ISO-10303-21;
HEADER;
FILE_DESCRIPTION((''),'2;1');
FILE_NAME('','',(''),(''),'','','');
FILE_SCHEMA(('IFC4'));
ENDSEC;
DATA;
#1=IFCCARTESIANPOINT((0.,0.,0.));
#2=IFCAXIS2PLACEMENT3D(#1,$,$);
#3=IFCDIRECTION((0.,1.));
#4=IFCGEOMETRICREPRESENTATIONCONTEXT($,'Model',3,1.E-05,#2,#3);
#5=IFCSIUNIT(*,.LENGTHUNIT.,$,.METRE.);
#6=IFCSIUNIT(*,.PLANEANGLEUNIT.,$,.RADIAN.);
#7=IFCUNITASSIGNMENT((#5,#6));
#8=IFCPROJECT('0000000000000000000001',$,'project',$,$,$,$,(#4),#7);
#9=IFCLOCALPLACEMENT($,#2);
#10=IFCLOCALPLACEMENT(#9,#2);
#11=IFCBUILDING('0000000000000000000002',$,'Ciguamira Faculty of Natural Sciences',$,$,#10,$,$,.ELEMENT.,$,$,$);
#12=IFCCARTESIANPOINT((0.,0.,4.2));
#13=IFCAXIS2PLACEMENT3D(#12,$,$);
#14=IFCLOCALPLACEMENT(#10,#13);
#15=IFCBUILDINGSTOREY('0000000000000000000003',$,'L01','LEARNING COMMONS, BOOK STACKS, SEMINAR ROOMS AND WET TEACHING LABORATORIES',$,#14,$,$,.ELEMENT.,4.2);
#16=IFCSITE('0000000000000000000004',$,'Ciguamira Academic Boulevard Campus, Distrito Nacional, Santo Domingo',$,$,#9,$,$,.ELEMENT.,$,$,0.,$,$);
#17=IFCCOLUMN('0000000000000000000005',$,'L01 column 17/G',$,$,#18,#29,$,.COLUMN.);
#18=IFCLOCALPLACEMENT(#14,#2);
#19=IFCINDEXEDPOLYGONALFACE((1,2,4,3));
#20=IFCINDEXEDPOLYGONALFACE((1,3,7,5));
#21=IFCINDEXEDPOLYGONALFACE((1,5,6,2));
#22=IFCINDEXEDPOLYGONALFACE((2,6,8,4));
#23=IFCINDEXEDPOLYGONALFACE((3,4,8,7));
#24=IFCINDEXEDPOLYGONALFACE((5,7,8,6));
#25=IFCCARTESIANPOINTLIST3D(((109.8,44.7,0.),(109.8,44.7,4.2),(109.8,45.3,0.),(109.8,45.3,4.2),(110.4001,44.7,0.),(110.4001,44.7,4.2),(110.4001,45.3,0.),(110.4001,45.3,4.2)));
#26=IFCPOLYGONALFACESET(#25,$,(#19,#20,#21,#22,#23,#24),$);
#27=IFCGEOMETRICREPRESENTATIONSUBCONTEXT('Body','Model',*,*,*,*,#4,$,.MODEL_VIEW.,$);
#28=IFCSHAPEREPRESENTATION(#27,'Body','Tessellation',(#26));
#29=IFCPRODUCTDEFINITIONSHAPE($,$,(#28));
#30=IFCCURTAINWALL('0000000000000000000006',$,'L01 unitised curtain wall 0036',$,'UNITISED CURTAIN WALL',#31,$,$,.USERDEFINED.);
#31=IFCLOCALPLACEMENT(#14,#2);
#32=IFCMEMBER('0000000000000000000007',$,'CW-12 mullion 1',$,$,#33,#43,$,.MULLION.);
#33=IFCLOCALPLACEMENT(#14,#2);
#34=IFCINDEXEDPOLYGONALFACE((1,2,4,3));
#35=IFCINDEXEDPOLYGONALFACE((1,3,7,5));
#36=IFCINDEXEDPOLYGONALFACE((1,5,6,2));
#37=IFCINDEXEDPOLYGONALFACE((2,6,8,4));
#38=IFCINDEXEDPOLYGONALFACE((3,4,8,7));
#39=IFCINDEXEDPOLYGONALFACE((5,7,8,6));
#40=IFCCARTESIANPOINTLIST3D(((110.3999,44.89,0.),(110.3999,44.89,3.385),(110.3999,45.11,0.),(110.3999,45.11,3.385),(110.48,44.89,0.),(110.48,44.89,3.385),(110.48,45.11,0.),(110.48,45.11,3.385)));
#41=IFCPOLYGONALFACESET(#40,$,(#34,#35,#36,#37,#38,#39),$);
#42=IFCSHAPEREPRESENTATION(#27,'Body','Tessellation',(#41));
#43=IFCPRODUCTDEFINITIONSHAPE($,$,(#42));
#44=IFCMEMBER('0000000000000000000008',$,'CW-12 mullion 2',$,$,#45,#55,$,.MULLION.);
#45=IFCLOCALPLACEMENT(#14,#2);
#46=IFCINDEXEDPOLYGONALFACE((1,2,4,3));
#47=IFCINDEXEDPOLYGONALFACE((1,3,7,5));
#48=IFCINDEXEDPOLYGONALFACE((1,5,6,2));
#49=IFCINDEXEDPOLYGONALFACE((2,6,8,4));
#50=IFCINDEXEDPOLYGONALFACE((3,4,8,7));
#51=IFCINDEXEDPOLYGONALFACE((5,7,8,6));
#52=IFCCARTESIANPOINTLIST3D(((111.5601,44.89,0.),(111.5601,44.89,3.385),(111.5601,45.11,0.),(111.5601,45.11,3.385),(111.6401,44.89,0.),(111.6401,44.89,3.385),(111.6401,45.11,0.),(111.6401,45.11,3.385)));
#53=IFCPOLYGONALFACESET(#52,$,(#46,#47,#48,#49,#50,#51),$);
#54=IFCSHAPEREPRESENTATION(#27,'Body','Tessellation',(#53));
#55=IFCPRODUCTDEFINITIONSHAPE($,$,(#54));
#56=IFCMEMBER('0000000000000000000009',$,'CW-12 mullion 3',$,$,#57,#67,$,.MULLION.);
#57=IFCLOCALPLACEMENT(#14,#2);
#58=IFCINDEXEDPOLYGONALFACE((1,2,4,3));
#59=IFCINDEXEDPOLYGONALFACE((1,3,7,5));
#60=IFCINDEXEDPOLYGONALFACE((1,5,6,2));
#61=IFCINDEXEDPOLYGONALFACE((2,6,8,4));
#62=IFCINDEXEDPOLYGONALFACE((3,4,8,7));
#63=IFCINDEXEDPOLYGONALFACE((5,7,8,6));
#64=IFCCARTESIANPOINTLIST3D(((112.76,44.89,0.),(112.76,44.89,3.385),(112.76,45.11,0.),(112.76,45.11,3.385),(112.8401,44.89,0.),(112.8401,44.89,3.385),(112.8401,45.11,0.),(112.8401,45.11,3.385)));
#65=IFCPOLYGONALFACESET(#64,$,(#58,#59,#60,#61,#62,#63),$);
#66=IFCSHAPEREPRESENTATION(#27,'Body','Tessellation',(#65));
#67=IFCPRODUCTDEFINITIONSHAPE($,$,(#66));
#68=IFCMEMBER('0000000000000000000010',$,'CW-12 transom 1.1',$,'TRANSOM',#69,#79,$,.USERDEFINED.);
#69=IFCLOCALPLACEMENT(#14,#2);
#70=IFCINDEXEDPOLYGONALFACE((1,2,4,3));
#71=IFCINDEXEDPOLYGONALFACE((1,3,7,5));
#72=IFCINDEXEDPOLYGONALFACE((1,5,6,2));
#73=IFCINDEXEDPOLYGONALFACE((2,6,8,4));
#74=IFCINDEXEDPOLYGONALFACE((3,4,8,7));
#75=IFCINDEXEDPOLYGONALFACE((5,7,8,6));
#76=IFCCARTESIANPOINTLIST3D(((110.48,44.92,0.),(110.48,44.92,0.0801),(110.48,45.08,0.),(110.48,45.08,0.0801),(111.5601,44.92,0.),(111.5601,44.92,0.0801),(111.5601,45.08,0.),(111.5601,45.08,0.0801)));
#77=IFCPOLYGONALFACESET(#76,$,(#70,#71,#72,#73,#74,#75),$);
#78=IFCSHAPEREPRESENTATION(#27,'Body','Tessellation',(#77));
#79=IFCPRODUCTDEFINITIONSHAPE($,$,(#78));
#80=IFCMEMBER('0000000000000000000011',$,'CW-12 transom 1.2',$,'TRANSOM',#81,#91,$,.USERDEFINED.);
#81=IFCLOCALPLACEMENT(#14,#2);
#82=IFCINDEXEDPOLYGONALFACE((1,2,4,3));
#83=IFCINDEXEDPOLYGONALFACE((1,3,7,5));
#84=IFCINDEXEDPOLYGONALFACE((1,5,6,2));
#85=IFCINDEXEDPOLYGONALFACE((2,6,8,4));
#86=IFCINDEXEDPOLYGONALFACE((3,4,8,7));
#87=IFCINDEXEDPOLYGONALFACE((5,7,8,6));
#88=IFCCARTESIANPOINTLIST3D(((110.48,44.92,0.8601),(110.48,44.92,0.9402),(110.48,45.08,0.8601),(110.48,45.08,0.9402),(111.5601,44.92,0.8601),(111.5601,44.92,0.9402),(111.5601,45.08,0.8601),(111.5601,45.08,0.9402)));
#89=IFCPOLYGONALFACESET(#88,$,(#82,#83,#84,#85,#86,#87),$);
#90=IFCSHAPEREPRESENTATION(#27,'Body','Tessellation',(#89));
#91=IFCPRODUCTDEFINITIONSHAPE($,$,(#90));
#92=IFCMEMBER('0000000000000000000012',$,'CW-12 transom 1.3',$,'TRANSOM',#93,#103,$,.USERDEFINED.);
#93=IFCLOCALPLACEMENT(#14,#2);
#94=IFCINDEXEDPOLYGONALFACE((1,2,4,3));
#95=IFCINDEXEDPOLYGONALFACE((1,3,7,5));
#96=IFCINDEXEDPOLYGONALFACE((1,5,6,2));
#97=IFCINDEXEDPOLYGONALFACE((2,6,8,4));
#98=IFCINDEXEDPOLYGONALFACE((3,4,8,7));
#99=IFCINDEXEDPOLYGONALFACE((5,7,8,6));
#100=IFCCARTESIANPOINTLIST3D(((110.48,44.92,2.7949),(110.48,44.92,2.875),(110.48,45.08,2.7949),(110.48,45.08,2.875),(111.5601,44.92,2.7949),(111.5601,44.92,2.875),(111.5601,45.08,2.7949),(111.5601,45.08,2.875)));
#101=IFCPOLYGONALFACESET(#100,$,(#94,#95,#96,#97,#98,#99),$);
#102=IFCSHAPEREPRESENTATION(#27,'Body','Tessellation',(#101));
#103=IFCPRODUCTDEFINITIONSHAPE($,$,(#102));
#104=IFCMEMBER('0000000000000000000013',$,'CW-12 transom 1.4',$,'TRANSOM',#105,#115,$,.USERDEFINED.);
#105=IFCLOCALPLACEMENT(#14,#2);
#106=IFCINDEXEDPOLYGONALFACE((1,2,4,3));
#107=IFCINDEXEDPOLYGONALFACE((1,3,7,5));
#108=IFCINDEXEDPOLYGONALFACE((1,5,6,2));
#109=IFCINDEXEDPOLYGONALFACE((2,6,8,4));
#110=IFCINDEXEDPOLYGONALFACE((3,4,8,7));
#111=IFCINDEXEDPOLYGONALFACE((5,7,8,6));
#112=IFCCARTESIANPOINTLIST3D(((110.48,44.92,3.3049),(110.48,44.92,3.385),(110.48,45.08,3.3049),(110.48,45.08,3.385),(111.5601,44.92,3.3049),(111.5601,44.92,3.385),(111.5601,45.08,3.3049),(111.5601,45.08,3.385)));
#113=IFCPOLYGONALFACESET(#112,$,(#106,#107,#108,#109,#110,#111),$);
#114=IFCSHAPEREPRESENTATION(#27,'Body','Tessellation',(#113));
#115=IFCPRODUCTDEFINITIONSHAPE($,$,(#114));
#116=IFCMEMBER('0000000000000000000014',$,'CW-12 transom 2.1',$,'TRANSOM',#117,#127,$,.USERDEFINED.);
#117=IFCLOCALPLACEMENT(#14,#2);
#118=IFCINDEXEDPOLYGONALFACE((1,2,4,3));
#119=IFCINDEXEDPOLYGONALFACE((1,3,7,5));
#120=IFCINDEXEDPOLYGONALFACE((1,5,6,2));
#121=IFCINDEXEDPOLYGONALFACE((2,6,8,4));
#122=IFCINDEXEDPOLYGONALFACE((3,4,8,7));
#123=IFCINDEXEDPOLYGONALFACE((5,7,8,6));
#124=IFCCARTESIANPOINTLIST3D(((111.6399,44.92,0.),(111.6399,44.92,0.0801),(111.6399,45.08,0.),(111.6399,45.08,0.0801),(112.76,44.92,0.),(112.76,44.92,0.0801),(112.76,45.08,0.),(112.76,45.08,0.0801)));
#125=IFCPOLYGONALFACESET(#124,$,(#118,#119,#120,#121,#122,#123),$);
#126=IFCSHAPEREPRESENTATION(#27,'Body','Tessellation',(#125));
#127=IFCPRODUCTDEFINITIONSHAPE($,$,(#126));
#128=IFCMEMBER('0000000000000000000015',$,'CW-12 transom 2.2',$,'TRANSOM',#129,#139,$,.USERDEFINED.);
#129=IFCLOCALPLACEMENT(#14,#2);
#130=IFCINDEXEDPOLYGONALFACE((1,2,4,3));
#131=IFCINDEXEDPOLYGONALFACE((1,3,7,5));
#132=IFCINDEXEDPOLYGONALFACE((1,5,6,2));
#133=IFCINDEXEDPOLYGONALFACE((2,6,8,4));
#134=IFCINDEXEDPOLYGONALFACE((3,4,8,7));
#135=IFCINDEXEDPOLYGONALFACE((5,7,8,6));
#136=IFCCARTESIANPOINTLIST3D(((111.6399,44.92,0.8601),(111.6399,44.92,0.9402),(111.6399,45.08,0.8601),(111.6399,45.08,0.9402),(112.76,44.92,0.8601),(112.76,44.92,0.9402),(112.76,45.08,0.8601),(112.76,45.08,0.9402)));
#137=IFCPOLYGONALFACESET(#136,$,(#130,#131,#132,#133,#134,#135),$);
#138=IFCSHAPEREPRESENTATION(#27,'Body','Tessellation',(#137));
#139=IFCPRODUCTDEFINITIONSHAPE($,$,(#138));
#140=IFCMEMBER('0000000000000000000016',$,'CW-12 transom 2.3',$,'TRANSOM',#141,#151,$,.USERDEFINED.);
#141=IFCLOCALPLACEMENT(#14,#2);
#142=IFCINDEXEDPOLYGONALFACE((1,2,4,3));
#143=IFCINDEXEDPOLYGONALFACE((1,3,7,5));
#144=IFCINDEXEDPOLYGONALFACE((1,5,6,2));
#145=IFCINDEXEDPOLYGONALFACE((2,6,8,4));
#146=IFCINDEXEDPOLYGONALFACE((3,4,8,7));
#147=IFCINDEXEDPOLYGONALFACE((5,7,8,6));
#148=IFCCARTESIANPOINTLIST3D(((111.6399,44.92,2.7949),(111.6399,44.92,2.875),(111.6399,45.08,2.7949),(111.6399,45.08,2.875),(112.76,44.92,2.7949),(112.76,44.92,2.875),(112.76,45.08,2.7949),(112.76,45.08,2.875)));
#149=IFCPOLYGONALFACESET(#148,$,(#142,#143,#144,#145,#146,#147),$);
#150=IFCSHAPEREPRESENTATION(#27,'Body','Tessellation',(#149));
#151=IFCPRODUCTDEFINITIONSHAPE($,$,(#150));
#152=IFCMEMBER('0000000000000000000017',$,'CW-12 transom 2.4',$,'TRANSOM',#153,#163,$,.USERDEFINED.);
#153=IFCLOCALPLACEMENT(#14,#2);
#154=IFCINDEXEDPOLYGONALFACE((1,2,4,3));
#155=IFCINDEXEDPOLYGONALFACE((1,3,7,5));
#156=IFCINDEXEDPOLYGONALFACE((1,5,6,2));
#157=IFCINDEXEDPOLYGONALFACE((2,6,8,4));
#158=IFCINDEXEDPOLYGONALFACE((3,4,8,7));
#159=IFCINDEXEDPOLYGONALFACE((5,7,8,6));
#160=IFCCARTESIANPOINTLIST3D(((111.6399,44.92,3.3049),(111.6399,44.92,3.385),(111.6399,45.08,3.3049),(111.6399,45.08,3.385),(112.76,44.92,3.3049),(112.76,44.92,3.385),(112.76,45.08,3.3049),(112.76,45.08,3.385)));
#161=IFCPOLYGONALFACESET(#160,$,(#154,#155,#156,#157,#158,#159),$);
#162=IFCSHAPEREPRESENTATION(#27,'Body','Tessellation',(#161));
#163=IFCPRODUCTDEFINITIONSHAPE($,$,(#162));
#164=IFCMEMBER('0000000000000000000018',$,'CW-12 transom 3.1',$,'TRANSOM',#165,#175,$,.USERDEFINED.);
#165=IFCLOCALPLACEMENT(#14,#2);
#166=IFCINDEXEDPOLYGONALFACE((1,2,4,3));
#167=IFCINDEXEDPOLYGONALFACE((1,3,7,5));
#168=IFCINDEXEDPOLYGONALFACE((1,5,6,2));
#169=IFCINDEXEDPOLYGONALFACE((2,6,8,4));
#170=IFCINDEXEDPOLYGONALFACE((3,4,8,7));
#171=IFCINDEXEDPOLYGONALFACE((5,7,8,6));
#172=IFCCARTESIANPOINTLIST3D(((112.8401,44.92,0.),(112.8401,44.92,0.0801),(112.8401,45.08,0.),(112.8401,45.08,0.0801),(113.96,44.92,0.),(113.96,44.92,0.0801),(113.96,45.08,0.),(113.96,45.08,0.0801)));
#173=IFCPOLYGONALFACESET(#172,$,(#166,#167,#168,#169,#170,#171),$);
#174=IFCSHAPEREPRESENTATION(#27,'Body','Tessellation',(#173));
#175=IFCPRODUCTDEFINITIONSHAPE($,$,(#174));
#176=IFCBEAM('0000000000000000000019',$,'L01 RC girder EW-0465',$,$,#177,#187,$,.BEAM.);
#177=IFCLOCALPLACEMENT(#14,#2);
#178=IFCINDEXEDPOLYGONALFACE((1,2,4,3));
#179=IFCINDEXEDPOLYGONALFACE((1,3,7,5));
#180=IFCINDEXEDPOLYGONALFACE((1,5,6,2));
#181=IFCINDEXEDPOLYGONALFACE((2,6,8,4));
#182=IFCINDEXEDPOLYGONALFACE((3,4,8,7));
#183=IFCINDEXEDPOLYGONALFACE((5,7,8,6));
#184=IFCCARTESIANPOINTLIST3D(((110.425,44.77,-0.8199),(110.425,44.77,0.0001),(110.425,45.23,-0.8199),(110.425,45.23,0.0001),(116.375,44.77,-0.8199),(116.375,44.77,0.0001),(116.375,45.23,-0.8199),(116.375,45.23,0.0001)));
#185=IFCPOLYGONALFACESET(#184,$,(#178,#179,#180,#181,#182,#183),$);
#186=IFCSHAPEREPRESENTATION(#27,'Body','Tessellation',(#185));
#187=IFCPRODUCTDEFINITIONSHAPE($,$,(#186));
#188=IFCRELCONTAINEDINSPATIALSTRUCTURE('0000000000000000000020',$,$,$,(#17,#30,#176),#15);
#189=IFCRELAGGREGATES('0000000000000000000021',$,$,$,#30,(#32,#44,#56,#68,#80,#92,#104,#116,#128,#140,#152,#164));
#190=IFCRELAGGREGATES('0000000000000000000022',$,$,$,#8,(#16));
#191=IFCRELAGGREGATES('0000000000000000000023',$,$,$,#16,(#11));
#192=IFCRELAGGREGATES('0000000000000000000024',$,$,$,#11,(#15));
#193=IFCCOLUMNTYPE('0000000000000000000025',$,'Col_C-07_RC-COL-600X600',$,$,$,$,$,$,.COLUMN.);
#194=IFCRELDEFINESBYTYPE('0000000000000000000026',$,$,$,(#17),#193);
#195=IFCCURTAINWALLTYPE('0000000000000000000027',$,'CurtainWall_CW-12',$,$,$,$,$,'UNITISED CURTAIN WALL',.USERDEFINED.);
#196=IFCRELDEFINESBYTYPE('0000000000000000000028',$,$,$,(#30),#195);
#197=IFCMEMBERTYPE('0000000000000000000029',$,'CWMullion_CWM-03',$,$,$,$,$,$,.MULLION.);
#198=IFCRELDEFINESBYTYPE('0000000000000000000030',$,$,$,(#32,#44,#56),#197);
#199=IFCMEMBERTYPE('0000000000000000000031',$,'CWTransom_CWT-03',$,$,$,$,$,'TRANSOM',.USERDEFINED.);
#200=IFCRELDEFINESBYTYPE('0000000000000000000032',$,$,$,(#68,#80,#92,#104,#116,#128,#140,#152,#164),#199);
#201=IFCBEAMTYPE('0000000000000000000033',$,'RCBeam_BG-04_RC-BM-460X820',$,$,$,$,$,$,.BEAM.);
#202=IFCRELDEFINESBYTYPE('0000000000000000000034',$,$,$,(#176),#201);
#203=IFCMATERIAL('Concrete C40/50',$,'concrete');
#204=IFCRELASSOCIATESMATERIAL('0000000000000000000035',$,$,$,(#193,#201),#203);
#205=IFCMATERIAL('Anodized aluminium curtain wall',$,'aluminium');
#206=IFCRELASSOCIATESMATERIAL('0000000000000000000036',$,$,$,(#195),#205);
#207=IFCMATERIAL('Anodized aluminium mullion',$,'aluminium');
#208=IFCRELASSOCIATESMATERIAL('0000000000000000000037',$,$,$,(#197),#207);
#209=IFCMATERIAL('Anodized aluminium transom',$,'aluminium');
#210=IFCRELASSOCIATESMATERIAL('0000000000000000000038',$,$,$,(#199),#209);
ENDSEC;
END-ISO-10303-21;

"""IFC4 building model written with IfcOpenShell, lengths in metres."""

from ifc_helpers import new_model, si_unit, direction, frame, origin, origin_2d, place, context, subcontext, project, spatial, rectangle, extrude, material, material_profile, profile_set, type_object, element, aggregate, save


model = new_model("IFC4")

# Units and contexts
model_context = context("Model", 3, precision=1e-05, world=origin(), true_north=direction((0.0, 1.0)))
body_context = subcontext(model_context, "Body", "Model", "MODEL_VIEW")
ifc_project = project(units=[si_unit("LENGTHUNIT", "METRE"), si_unit("PLANEANGLEUNIT", "RADIAN")], contexts=[model_context])

# Site, building, storey
site_placement = place(None, origin())
site = spatial("IfcSite", under=ifc_project, at=site_placement, Name="Ciguamira Academic Boulevard Campus, Distrito Nacional, Santo Domingo", CompositionType="ELEMENT", RefElevation=0.0)
building_placement = place(site_placement, origin())
building = spatial("IfcBuilding", under=site, at=building_placement, Name="Ciguamira Faculty of Natural Sciences", CompositionType="ELEMENT")
storey_placement = place(building_placement, frame((0.0, 0.0, 4.2)))
storey = spatial("IfcBuildingStorey", under=building, at=storey_placement, Name="L01", Description="LEARNING COMMONS, BOOK STACKS, SEMINAR ROOMS AND WET TEACHING LABORATORIES", CompositionType="ELEMENT", Elevation=4.2)

# Column
ifc_material_1 = material(Name="Concrete C40/50", Category="concrete")
ifc_material_profile_1 = material_profile(ifc_material_1, rectangle(XDim=0.6001, YDim=0.6001, at=origin_2d()), Name="RC-COL-600X600")
ifc_profile_set_1 = profile_set([ifc_material_profile_1], Name="Concrete C40/50")
column_type = type_object("IfcColumnType", Name="Col_C-07_RC-COL-600X600", PredefinedType="COLUMN", material=ifc_profile_set_1)
column_placement = place(storey_placement, frame((110.1001, 45.0, 0.0), z_axis=(0.0, 0.0, 1.0), x_axis=(1.0, 0.0, 0.0)))
element("IfcColumn", 1, at=column_placement, inside=storey, type_object=column_type, Name="L01 column 17/G", PredefinedType="COLUMN", context=body_context, shape_type="SweptSolid", body=[
    extrude(rectangle(XDim=0.6001, YDim=0.6001, at=origin_2d()), origin(), (0.0, 0.0, 1.0), 4.2),
])

# Curtain wall, members
ifc_material_2 = material(Name="Anodized aluminium curtain wall", Category="aluminium")
curtain_wall_type = type_object("IfcCurtainWallType", Name="CurtainWall_CW-12", ElementType="UNITISED CURTAIN WALL", PredefinedType="USERDEFINED", material=ifc_material_2)
curtain_wall_placement = place(storey_placement, origin())
curtain_wall = element("IfcCurtainWall", 2, at=curtain_wall_placement, inside=storey, type_object=curtain_wall_type, Name="L01 unitised curtain wall 0036", ObjectType="UNITISED CURTAIN WALL", PredefinedType="USERDEFINED")
ifc_material_3 = material(Name="Anodized aluminium mullion", Category="aluminium")
ifc_material_profile_2 = material_profile(ifc_material_3, rectangle(XDim=0.0801, YDim=0.22, at=origin_2d()), Name="ALU-MUL-80X220")
ifc_profile_set_2 = profile_set([ifc_material_profile_2], Name="Anodized aluminium mullion")
member_type_1 = type_object("IfcMemberType", Name="CWMullion_CWM-03", PredefinedType="MULLION", material=ifc_profile_set_2)
member_1_placement = place(storey_placement, frame((110.4399, 45.0, 0.0), z_axis=(0.0, 0.0, 1.0), x_axis=(1.0, 0.0, 0.0)))
member_1 = element("IfcMember", 3, at=member_1_placement, type_object=member_type_1, Name="CW-12 mullion 1", PredefinedType="MULLION", context=body_context, shape_type="SweptSolid", body=[
    extrude(rectangle(XDim=0.0801, YDim=0.22, at=origin_2d()), origin(), (0.0, 0.0, 1.0), 3.385),
])
member_2_placement = place(storey_placement, frame((111.6001, 45.0, 0.0), z_axis=(0.0, 0.0, 1.0), x_axis=(1.0, 0.0, 0.0)))
member_2 = element("IfcMember", 4, at=member_2_placement, type_object=member_type_1, Name="CW-12 mullion 2", PredefinedType="MULLION", context=body_context, shape_type="SweptSolid", body=[
    extrude(rectangle(XDim=0.0801, YDim=0.22, at=origin_2d()), origin(), (0.0, 0.0, 1.0), 3.385),
])
member_3_placement = place(storey_placement, frame((112.8, 45.0, 0.0), z_axis=(0.0, 0.0, 1.0), x_axis=(1.0, 0.0, 0.0)))
member_3 = element("IfcMember", 5, at=member_3_placement, type_object=member_type_1, Name="CW-12 mullion 3", PredefinedType="MULLION", context=body_context, shape_type="SweptSolid", body=[
    extrude(rectangle(XDim=0.0801, YDim=0.22, at=origin_2d()), origin(), (0.0, 0.0, 1.0), 3.385),
])
ifc_material_4 = material(Name="Anodized aluminium transom", Category="aluminium")
ifc_material_profile_3 = material_profile(ifc_material_4, rectangle(XDim=0.0801, YDim=0.1599, at=origin_2d()), Name="ALU-TRN-80X160")
ifc_profile_set_3 = profile_set([ifc_material_profile_3], Name="Anodized aluminium transom")
member_type_2 = type_object("IfcMemberType", Name="CWTransom_CWT-03", ElementType="TRANSOM", PredefinedType="USERDEFINED", material=ifc_profile_set_3)
member_4_placement = place(storey_placement, frame((110.48, 45.0, 0.04), z_axis=(1.0, 0.0, 0.0), x_axis=(0.0, 0.0, 1.0)))
member_4 = element("IfcMember", 6, at=member_4_placement, type_object=member_type_2, Name="CW-12 transom 1.1", ObjectType="TRANSOM", PredefinedType="USERDEFINED", context=body_context, shape_type="SweptSolid", body=[
    extrude(rectangle(XDim=0.0801, YDim=0.1599, at=origin_2d()), origin(), (0.0, 0.0, 1.0), 1.0801),
])
member_5_placement = place(storey_placement, frame((110.48, 45.0, 0.9001), z_axis=(1.0, 0.0, 0.0), x_axis=(0.0, 0.0, 1.0)))
member_5 = element("IfcMember", 7, at=member_5_placement, type_object=member_type_2, Name="CW-12 transom 1.2", ObjectType="TRANSOM", PredefinedType="USERDEFINED", context=body_context, shape_type="SweptSolid", body=[
    extrude(rectangle(XDim=0.0801, YDim=0.1599, at=origin_2d()), origin(), (0.0, 0.0, 1.0), 1.0801),
])
member_6_placement = place(storey_placement, frame((110.48, 45.0, 2.835), z_axis=(1.0, 0.0, 0.0), x_axis=(0.0, 0.0, 1.0)))
member_6 = element("IfcMember", 8, at=member_6_placement, type_object=member_type_2, Name="CW-12 transom 1.3", ObjectType="TRANSOM", PredefinedType="USERDEFINED", context=body_context, shape_type="SweptSolid", body=[
    extrude(rectangle(XDim=0.0801, YDim=0.1599, at=origin_2d()), origin(), (0.0, 0.0, 1.0), 1.0801),
])
member_7_placement = place(storey_placement, frame((110.48, 45.0, 3.345), z_axis=(1.0, 0.0, 0.0), x_axis=(0.0, 0.0, 1.0)))
member_7 = element("IfcMember", 9, at=member_7_placement, type_object=member_type_2, Name="CW-12 transom 1.4", ObjectType="TRANSOM", PredefinedType="USERDEFINED", context=body_context, shape_type="SweptSolid", body=[
    extrude(rectangle(XDim=0.0801, YDim=0.1599, at=origin_2d()), origin(), (0.0, 0.0, 1.0), 1.0801),
])
member_8_placement = place(storey_placement, frame((111.6399, 45.0, 0.04), z_axis=(1.0, 0.0, 0.0), x_axis=(0.0, 0.0, 1.0)))
member_8 = element("IfcMember", 10, at=member_8_placement, type_object=member_type_2, Name="CW-12 transom 2.1", ObjectType="TRANSOM", PredefinedType="USERDEFINED", context=body_context, shape_type="SweptSolid", body=[
    extrude(rectangle(XDim=0.0801, YDim=0.1599, at=origin_2d()), origin(), (0.0, 0.0, 1.0), 1.1201),
])
member_9_placement = place(storey_placement, frame((111.6399, 45.0, 0.9001), z_axis=(1.0, 0.0, 0.0), x_axis=(0.0, 0.0, 1.0)))
member_9 = element("IfcMember", 11, at=member_9_placement, type_object=member_type_2, Name="CW-12 transom 2.2", ObjectType="TRANSOM", PredefinedType="USERDEFINED", context=body_context, shape_type="SweptSolid", body=[
    extrude(rectangle(XDim=0.0801, YDim=0.1599, at=origin_2d()), origin(), (0.0, 0.0, 1.0), 1.1201),
])
member_10_placement = place(storey_placement, frame((111.6399, 45.0, 2.835), z_axis=(1.0, 0.0, 0.0), x_axis=(0.0, 0.0, 1.0)))
member_10 = element("IfcMember", 12, at=member_10_placement, type_object=member_type_2, Name="CW-12 transom 2.3", ObjectType="TRANSOM", PredefinedType="USERDEFINED", context=body_context, shape_type="SweptSolid", body=[
    extrude(rectangle(XDim=0.0801, YDim=0.1599, at=origin_2d()), origin(), (0.0, 0.0, 1.0), 1.1201),
])
member_11_placement = place(storey_placement, frame((111.6399, 45.0, 3.345), z_axis=(1.0, 0.0, 0.0), x_axis=(0.0, 0.0, 1.0)))
member_11 = element("IfcMember", 13, at=member_11_placement, type_object=member_type_2, Name="CW-12 transom 2.4", ObjectType="TRANSOM", PredefinedType="USERDEFINED", context=body_context, shape_type="SweptSolid", body=[
    extrude(rectangle(XDim=0.0801, YDim=0.1599, at=origin_2d()), origin(), (0.0, 0.0, 1.0), 1.1201),
])
member_12_placement = place(storey_placement, frame((112.8401, 45.0, 0.04), z_axis=(1.0, 0.0, 0.0), x_axis=(0.0, 0.0, 1.0)))
member_12 = element("IfcMember", 14, at=member_12_placement, type_object=member_type_2, Name="CW-12 transom 3.1", ObjectType="TRANSOM", PredefinedType="USERDEFINED", context=body_context, shape_type="SweptSolid", body=[
    extrude(rectangle(XDim=0.0801, YDim=0.1599, at=origin_2d()), origin(), (0.0, 0.0, 1.0), 1.1199),
])

# Beam
ifc_material_profile_4 = material_profile(ifc_material_1, rectangle(XDim=0.46, YDim=0.8201, at=origin_2d()), Name="RC-BM-460X820")
ifc_profile_set_4 = profile_set([ifc_material_profile_4], Name="Concrete C40/50")
beam_type_1 = type_object("IfcBeamType", Name="RCBeam_BG-04_RC-BM-460X820", PredefinedType="BEAM", material=ifc_profile_set_4)
beam_1_placement = place(storey_placement, frame((110.425, 45.0, -0.4099), z_axis=(1.0, 0.0, 0.0), x_axis=(0.0, 1.0, 0.0)))
element("IfcBeam", 15, at=beam_1_placement, inside=storey, type_object=beam_type_1, Name="L01 RC girder EW-0465", PredefinedType="BEAM", context=body_context, shape_type="SweptSolid", body=[
    extrude(rectangle(XDim=0.46, YDim=0.8201, at=origin_2d()), origin(), (0.0, 0.0, 1.0), 5.95),
])

aggregate(curtain_wall, [member_1, member_2, member_3, member_4, member_5, member_6, member_7, member_8, member_9, member_10, member_11, member_12])

save(model, "model.ifc")
